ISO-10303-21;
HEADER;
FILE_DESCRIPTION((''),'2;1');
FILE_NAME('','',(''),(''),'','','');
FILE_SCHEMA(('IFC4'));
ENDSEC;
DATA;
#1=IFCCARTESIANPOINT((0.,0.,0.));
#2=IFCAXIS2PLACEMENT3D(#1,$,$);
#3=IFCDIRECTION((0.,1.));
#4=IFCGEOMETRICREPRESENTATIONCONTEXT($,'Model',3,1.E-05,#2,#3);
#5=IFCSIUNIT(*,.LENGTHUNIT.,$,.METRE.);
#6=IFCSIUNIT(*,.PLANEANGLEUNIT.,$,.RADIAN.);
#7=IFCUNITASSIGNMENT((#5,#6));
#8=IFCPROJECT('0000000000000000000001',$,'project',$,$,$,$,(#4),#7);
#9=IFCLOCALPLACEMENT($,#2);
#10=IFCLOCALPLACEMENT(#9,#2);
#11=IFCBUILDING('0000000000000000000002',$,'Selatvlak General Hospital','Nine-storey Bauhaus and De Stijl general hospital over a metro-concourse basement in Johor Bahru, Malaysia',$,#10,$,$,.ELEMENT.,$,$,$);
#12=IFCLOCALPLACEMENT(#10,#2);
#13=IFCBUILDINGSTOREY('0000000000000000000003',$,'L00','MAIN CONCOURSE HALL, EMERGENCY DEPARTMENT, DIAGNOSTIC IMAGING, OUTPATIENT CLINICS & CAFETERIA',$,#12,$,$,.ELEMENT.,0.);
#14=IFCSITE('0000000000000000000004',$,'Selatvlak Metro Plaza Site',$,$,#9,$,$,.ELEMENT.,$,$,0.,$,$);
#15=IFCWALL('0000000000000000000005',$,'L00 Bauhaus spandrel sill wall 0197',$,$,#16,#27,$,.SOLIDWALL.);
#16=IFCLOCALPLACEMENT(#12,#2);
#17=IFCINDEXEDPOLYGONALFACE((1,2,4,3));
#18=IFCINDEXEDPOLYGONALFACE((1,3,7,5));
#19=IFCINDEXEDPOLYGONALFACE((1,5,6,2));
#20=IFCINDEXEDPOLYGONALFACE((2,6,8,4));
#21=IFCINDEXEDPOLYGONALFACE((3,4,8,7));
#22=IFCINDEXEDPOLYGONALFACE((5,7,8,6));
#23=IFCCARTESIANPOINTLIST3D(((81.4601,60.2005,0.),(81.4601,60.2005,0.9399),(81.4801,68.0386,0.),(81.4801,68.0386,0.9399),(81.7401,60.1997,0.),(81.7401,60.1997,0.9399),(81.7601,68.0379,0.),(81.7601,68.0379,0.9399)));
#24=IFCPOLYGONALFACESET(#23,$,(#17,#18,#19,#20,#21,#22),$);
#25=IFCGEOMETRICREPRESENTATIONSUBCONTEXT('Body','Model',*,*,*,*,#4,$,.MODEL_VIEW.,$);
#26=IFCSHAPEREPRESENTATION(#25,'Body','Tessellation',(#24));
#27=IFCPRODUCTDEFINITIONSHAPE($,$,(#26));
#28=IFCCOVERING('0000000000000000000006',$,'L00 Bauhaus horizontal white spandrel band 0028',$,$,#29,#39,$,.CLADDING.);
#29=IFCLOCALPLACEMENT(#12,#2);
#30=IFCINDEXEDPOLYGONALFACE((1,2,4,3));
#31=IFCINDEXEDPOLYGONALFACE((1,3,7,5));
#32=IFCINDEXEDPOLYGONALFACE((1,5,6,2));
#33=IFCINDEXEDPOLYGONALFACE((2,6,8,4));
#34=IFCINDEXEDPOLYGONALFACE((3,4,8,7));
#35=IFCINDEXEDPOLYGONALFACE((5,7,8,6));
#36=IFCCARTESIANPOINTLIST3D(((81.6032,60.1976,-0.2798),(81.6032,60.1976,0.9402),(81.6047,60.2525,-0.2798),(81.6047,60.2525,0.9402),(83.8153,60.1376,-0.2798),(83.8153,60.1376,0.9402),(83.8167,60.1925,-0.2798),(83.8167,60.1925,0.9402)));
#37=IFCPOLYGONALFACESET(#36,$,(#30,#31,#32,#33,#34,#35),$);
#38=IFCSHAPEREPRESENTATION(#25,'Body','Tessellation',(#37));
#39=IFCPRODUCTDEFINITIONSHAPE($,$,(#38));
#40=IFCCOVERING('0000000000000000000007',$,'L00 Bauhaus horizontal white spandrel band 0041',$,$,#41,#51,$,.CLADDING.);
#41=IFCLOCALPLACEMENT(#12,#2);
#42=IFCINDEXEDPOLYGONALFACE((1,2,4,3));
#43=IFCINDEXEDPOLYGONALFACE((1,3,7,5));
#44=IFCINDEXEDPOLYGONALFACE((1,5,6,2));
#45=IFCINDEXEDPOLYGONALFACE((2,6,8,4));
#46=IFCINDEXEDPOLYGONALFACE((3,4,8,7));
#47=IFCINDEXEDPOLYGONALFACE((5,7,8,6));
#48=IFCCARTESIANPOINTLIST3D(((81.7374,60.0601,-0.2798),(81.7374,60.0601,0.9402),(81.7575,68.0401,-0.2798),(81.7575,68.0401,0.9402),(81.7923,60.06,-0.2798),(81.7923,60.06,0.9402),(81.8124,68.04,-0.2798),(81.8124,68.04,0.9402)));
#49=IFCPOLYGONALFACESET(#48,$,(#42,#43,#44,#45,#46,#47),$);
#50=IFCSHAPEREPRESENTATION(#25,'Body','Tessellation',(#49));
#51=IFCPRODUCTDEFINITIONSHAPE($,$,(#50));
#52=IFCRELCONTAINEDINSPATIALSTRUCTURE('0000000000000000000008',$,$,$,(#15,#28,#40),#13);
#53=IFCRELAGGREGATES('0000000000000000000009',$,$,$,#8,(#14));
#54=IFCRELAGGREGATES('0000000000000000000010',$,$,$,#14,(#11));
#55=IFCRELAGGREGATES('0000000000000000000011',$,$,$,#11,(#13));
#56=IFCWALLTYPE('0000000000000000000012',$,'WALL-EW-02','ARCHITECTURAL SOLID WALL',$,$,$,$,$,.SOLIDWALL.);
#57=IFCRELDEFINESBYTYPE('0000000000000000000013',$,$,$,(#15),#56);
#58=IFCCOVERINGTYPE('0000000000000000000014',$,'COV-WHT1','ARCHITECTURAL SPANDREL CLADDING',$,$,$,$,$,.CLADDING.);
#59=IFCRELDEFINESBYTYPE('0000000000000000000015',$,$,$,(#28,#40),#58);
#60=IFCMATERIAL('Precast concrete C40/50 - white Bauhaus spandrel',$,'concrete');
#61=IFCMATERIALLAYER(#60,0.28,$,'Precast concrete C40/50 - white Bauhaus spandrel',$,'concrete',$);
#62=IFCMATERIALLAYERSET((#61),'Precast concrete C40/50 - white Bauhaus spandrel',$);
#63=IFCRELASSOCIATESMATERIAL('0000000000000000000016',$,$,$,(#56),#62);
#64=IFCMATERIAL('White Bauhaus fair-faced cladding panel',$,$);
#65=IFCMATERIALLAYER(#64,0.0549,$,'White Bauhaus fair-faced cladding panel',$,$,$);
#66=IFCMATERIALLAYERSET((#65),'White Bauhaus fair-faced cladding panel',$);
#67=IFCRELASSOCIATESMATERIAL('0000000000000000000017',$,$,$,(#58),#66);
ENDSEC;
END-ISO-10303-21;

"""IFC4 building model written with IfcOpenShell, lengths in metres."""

from ifc_helpers import new_model, si_unit, direction, frame, frame_2d, origin, origin_2d, place, context, subcontext, project, spatial, rectangle, extrude, material, layer, layer_set, type_object, element, save


model = new_model("IFC4")

# Units and contexts
model_context = context("Model", 3, precision=1e-05, world=origin(), true_north=direction((0.0, 1.0)))
body_context = subcontext(model_context, "Body", "Model", "MODEL_VIEW")
ifc_project = project(units=[si_unit("LENGTHUNIT", "METRE"), si_unit("PLANEANGLEUNIT", "RADIAN")], contexts=[model_context])

# Site, building, storey
site_placement = place(None, origin())
site = spatial("IfcSite", under=ifc_project, at=site_placement, Name="Selatvlak Metro Plaza Site", CompositionType="ELEMENT", RefElevation=0.0)
building_placement = place(site_placement, origin())
building = spatial("IfcBuilding", under=site, at=building_placement, Name="Selatvlak General Hospital", Description="Nine-storey Bauhaus and De Stijl general hospital over a metro-concourse basement in Johor Bahru, Malaysia", CompositionType="ELEMENT")
storey_placement = place(building_placement, origin())
storey = spatial("IfcBuildingStorey", under=building, at=storey_placement, Name="L00", Description="MAIN CONCOURSE HALL, EMERGENCY DEPARTMENT, DIAGNOSTIC IMAGING, OUTPATIENT CLINICS & CAFETERIA", CompositionType="ELEMENT", Elevation=0.0)

# Wall
ifc_material_1 = material(Name="Precast concrete C40/50 - white Bauhaus spandrel", Category="concrete")
ifc_layer_1 = layer(ifc_material_1, 0.28, Name="Precast concrete C40/50 - white Bauhaus spandrel", Category="concrete")
ifc_layer_set_1 = layer_set([ifc_layer_1], Name="Precast concrete C40/50 - white Bauhaus spandrel")
wall_type = type_object("IfcWallType", Name="WALL-EW-02", Description="ARCHITECTURAL SOLID WALL", PredefinedType="SOLIDWALL", material=ifc_layer_set_1)
wall_placement = place(storey_placement, frame((81.6201, 68.0381, 0.0), z_axis=(0.0, 0.0, 1.0), x_axis=(-0.002554, -0.999997, 0.0)))
element("IfcWall", 1, at=wall_placement, inside=storey, type_object=wall_type, Name="L00 Bauhaus spandrel sill wall 0197", PredefinedType="SOLIDWALL", context=body_context, shape_type="SweptSolid", body=[
    extrude(rectangle(XDim=7.8381, YDim=0.28, at=frame_2d((3.9189, 0.0))), origin(), (0.0, 0.0, 1.0), 0.9399),
])

# Coverings
ifc_material_2 = material(Name="White Bauhaus fair-faced cladding panel")
ifc_layer_2 = layer(ifc_material_2, 0.0549, Name="White Bauhaus fair-faced cladding panel")
ifc_layer_set_2 = layer_set([ifc_layer_2], Name="White Bauhaus fair-faced cladding panel")
covering_type = type_object("IfcCoveringType", Name="COV-WHT1", Description="ARCHITECTURAL SPANDREL CLADDING", PredefinedType="CLADDING", material=ifc_layer_set_2)
covering_1_placement = place(storey_placement, frame((82.71, 60.1951, -0.2798), z_axis=(0.0, 0.0, 1.0), x_axis=(0.999632, -0.027119, 0.0)))
element("IfcCovering", 2, at=covering_1_placement, inside=storey, type_object=covering_type, Name="L00 Bauhaus horizontal white spandrel band 0028", PredefinedType="CLADDING", context=body_context, shape_type="SweptSolid", body=[
    extrude(rectangle(XDim=2.2129, YDim=0.0549, at=origin_2d()), origin(), (0.0, 0.0, 1.0), 1.22),
])
covering_2_placement = place(storey_placement, frame((81.7749, 64.05, -0.2798), z_axis=(0.0, 0.0, 1.0), x_axis=(-0.002513, -0.999997, 0.0)))
element("IfcCovering", 3, at=covering_2_placement, inside=storey, type_object=covering_type, Name="L00 Bauhaus horizontal white spandrel band 0041", PredefinedType="CLADDING", context=body_context, shape_type="SweptSolid", body=[
    extrude(rectangle(XDim=7.98, YDim=0.0549, at=origin_2d()), origin(), (0.0, 0.0, 1.0), 1.22),
])

save(model, "model.ifc")
